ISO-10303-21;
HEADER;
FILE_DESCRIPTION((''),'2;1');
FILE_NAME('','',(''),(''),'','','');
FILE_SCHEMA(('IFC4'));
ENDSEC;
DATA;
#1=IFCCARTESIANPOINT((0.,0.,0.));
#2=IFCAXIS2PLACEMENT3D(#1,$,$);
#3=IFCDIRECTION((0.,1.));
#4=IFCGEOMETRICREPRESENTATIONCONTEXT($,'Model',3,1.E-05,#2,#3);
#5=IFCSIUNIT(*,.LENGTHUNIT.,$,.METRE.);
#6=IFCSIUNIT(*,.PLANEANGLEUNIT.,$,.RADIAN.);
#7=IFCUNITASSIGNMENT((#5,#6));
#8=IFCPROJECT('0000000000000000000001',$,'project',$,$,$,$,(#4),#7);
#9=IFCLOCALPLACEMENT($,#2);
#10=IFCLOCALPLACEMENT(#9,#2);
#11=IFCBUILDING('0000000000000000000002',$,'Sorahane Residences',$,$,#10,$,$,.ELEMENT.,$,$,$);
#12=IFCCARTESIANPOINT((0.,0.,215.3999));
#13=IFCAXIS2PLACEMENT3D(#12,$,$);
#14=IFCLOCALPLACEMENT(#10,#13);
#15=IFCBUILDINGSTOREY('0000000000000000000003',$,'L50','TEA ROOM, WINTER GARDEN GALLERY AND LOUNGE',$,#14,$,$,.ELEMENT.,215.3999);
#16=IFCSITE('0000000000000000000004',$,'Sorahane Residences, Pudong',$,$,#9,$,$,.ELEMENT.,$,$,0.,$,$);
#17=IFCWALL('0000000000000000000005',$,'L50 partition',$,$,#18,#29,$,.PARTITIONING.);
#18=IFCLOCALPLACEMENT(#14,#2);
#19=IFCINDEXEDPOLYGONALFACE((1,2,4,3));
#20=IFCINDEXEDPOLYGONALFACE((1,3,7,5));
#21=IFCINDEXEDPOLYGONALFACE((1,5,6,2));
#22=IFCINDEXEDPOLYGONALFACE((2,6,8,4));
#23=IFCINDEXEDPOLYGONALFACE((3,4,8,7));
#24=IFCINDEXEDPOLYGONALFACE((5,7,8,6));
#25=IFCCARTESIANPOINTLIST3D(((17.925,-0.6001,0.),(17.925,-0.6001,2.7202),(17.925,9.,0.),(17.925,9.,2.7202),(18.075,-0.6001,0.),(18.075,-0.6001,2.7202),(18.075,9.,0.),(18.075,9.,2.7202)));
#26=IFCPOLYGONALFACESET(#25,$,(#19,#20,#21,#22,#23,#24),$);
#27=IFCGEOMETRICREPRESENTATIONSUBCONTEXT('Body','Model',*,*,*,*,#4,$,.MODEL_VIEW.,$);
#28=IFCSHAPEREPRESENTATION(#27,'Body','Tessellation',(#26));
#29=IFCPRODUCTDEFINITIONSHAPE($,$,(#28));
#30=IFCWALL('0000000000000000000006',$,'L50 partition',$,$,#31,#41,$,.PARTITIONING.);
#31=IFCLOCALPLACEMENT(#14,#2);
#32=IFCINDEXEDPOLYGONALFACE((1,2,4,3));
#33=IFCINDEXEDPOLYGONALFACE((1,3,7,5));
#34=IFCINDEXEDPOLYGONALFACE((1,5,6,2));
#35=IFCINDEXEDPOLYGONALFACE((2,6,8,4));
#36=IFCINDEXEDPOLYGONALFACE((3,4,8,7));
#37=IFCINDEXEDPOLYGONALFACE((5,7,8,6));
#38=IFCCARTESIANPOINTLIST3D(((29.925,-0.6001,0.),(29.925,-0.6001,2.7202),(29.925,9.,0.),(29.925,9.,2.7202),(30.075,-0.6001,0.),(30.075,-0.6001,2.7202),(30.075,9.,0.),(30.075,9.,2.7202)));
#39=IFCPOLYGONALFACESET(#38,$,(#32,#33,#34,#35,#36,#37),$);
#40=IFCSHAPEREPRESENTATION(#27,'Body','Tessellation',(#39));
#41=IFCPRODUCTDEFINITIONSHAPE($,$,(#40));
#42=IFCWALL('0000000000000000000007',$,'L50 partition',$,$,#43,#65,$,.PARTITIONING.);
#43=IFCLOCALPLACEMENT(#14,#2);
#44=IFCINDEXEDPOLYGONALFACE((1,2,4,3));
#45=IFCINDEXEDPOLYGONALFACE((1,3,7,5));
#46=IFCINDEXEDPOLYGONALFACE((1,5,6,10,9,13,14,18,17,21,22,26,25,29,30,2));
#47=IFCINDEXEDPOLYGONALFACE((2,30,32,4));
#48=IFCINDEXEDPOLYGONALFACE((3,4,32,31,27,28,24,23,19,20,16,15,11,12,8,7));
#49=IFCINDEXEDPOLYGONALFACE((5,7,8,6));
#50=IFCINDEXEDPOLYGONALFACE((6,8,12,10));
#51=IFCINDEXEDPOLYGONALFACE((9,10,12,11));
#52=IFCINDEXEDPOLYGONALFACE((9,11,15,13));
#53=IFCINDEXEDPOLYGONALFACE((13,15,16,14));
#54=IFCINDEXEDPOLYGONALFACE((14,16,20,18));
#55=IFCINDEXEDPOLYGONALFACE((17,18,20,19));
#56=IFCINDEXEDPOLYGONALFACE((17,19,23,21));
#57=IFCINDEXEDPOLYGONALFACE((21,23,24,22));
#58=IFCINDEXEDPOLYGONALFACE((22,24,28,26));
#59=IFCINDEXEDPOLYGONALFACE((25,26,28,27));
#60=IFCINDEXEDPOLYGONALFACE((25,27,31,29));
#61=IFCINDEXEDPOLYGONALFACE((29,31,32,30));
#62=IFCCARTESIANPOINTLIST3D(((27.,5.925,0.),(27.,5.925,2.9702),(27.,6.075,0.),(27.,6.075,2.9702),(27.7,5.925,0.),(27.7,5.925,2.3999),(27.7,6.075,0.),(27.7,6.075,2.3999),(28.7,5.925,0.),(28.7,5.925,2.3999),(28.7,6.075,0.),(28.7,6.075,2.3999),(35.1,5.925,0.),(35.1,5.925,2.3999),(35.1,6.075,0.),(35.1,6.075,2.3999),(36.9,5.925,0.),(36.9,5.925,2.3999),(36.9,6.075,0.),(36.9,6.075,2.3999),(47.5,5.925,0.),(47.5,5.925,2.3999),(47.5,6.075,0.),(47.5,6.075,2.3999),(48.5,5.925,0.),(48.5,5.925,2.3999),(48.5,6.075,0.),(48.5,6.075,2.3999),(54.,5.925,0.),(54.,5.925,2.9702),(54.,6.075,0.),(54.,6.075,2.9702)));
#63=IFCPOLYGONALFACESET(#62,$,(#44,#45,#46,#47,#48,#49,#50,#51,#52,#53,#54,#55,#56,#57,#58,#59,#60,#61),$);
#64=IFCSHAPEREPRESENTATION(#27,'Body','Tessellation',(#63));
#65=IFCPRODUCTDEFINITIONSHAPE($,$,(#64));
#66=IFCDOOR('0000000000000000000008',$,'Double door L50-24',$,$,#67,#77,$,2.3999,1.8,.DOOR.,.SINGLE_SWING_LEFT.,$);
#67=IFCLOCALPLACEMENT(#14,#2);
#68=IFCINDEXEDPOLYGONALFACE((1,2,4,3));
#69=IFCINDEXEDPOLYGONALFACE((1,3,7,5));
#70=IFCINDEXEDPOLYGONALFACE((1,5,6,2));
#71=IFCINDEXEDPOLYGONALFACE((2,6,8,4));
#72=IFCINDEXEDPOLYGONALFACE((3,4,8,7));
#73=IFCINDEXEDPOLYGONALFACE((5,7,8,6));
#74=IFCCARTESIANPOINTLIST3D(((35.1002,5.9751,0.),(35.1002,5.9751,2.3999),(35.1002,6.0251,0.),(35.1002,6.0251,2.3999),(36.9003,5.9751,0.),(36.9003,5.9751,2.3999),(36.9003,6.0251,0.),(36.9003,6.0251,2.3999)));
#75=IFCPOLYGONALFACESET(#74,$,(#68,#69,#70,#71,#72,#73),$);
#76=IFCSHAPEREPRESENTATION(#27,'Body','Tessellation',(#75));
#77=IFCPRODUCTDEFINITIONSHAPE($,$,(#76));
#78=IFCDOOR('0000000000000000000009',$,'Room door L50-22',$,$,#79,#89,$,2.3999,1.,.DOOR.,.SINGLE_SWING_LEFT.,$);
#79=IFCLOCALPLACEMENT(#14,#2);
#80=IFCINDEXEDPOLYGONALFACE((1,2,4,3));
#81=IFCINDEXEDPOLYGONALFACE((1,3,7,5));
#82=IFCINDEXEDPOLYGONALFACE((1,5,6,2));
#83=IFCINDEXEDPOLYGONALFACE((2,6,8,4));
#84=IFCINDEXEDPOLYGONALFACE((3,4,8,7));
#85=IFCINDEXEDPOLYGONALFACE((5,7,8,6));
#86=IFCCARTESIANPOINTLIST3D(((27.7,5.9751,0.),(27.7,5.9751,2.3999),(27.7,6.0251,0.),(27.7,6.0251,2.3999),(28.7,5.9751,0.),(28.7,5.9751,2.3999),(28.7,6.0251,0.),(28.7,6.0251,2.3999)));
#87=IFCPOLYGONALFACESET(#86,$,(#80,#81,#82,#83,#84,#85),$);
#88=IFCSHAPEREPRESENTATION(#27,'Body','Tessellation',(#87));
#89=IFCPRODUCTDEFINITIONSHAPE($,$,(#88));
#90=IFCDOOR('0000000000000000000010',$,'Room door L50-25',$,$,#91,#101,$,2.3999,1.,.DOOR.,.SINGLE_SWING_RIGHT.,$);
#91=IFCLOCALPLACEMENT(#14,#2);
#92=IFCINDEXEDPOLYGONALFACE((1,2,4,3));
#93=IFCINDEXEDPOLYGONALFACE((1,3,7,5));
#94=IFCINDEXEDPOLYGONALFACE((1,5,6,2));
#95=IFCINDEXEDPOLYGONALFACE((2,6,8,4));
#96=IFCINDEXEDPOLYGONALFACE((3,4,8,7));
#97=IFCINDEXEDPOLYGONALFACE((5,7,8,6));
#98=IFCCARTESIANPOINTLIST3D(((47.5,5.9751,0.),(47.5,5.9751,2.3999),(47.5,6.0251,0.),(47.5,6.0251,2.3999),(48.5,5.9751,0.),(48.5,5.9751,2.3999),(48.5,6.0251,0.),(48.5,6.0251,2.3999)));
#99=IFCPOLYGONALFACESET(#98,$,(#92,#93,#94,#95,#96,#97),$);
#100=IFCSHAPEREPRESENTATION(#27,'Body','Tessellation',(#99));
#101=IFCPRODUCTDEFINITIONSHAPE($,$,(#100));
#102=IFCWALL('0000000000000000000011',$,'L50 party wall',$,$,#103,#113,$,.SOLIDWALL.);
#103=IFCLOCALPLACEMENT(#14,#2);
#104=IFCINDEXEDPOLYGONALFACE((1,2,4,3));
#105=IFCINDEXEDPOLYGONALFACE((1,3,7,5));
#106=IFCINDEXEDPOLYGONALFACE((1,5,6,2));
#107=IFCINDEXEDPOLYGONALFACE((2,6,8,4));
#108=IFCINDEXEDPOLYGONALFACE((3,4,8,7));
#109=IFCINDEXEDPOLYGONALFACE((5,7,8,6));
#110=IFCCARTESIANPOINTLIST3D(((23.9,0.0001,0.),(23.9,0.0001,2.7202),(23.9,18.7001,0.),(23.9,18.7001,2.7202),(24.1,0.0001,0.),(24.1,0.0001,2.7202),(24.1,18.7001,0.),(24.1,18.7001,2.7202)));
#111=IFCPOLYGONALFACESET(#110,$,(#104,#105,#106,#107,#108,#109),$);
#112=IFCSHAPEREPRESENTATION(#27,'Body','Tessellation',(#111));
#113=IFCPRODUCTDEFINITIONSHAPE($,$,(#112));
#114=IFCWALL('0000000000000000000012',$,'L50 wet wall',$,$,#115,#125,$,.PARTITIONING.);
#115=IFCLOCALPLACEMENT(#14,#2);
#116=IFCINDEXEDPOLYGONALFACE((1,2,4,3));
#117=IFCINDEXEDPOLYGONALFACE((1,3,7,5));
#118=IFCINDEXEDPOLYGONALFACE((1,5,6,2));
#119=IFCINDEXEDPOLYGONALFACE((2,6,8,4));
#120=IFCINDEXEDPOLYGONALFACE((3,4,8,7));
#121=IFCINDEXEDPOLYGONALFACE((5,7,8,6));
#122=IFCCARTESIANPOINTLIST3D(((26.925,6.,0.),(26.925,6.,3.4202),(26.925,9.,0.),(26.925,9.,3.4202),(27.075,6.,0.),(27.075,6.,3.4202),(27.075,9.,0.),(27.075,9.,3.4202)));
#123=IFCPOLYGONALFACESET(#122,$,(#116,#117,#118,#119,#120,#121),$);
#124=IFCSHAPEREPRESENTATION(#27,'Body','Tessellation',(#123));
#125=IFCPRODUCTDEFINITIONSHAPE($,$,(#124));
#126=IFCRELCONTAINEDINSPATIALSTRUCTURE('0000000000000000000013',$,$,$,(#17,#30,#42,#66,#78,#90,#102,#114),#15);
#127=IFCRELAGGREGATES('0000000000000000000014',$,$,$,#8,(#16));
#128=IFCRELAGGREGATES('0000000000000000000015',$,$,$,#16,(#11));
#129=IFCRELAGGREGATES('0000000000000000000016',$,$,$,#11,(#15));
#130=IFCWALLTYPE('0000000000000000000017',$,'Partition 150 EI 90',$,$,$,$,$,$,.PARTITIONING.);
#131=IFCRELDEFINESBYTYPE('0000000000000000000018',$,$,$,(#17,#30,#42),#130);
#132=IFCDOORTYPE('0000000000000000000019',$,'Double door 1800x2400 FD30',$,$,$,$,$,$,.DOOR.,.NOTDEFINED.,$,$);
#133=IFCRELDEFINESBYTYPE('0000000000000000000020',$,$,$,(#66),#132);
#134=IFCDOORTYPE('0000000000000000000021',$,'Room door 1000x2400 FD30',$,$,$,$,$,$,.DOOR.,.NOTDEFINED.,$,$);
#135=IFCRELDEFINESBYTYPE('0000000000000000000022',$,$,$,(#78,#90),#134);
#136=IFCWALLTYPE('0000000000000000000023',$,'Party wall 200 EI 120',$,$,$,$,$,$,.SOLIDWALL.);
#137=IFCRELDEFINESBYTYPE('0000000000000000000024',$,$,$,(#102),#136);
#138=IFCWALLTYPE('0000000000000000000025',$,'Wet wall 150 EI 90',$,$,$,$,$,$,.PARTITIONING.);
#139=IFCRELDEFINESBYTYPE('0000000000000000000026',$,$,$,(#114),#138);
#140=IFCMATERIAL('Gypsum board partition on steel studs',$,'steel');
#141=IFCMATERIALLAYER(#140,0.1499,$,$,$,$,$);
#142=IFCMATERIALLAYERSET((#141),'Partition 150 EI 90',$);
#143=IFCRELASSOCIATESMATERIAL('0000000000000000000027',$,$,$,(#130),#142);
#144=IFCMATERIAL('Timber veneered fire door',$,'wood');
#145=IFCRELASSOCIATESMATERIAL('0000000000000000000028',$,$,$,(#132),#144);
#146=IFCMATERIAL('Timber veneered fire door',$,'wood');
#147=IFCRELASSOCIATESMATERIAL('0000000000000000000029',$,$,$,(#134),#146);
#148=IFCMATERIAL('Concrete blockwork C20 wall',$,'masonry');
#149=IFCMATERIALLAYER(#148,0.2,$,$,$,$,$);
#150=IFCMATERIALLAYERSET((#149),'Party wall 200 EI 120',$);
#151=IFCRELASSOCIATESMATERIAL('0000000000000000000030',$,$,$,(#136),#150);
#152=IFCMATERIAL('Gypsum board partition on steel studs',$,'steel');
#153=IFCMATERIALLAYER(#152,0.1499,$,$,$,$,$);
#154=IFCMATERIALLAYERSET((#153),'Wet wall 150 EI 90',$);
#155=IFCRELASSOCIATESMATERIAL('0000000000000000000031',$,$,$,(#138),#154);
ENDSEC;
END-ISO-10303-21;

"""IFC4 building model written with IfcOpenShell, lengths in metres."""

from ifc_helpers import new_model, si_unit, direction, frame, frame_2d, origin, place, context, subcontext, project, spatial, rectangle, extrude, material, layer, layer_set, type_object, element, fill, save


model = new_model("IFC4")

# Units and contexts
model_context = context("Model", 3, precision=1e-05, world=origin(), true_north=direction((0.0, 1.0)))
body_context = subcontext(model_context, "Body", "Model", "MODEL_VIEW")
ifc_project = project(units=[si_unit("LENGTHUNIT", "METRE"), si_unit("PLANEANGLEUNIT", "RADIAN")], contexts=[model_context])

# Site, building, storey
site_placement = place(None, origin())
site = spatial("IfcSite", under=ifc_project, at=site_placement, Name="Sorahane Residences, Pudong", CompositionType="ELEMENT", RefElevation=0.0)
building_placement = place(site_placement, origin())
building = spatial("IfcBuilding", under=site, at=building_placement, Name="Sorahane Residences", CompositionType="ELEMENT")
storey_placement = place(building_placement, frame((0.0, 0.0, 215.3999)))
storey = spatial("IfcBuildingStorey", under=building, at=storey_placement, Name="L50", Description="TEA ROOM, WINTER GARDEN GALLERY AND LOUNGE", CompositionType="ELEMENT", Elevation=215.3999)

# Walls
ifc_material_1 = material(Name="Gypsum board partition on steel studs", Category="steel")
ifc_layer_1 = layer(ifc_material_1, 0.1499)
ifc_layer_set_1 = layer_set([ifc_layer_1], Name="Partition 150 EI 90")
wall_type_1 = type_object("IfcWallType", Name="Partition 150 EI 90", PredefinedType="PARTITIONING", material=ifc_layer_set_1)
for number, where, z_axis, x_axis, name in (
    (1, (18.0, -0.6001, 0.0), (0.0, 0.0, 1.0), (0.0, 1.0, 0.0), "L50 partition"),
    (2, (30.0, -0.6001, 0.0), (0.0, 0.0, 1.0), (0.0, 1.0, 0.0), "L50 partition"),
):
    element("IfcWall", number, at=place(storey_placement, frame(where, z_axis=z_axis, x_axis=x_axis)), inside=storey, type_object=wall_type_1, Name=name, PredefinedType="PARTITIONING", context=body_context, shape_type="SweptSolid", body=[
        extrude(rectangle(XDim=9.6001, YDim=0.1499, at=frame_2d((4.8, 0.0))), origin(), (0.0, 0.0, 1.0), 2.7202),
    ])

# Wall, openings, doors
wall_1_placement = place(storey_placement, frame((27.0, 6.0, 0.0), z_axis=(0.0, 0.0, 1.0), x_axis=(1.0, 0.0, 0.0)))
wall_1 = element("IfcWall", 3, at=wall_1_placement, inside=storey, type_object=wall_type_1, Name="L50 partition", PredefinedType="PARTITIONING", context=body_context, shape_type="SweptSolid", body=[
    extrude(rectangle(XDim=27.0, YDim=0.1499, at=frame_2d((13.5, 0.0))), origin(), (0.0, 0.0, 1.0), 2.9702),
])
opening_1_placement = place(wall_1_placement, frame((0.7, 0.0, 0.0)))
opening_1 = element("IfcOpeningElement", 4, at=opening_1_placement, cuts=wall_1, PredefinedType="OPENING", context=body_context, shape_type="SweptSolid", body=[
    extrude(rectangle(XDim=1.0, YDim=2.3999, at=frame_2d((0.5, 1.2))), frame((0.0, 0.085, 0.0), z_axis=(0.0, -1.0, 0.0), x_axis=(1.0, 0.0, 0.0)), (0.0, 0.0, 1.0), 0.1699),
])
opening_2_placement = place(wall_1_placement, frame((8.1001, 0.0, 0.0)))
opening_2 = element("IfcOpeningElement", 5, at=opening_2_placement, cuts=wall_1, PredefinedType="OPENING", context=body_context, shape_type="SweptSolid", body=[
    extrude(rectangle(XDim=1.8, YDim=2.3999, at=frame_2d((0.8999, 1.2))), frame((0.0, 0.085, 0.0), z_axis=(0.0, -1.0, 0.0), x_axis=(1.0, 0.0, 0.0)), (0.0, 0.0, 1.0), 0.1699),
])
opening_3_placement = place(wall_1_placement, frame((20.5, 0.0, 0.0)))
opening_3 = element("IfcOpeningElement", 6, at=opening_3_placement, cuts=wall_1, PredefinedType="OPENING", context=body_context, shape_type="SweptSolid", body=[
    extrude(rectangle(XDim=1.0, YDim=2.3999, at=frame_2d((0.5, 1.2))), frame((0.0, 0.085, 0.0), z_axis=(0.0, -1.0, 0.0), x_axis=(1.0, 0.0, 0.0)), (0.0, 0.0, 1.0), 0.1699),
])
ifc_material_2 = material(Name="Timber veneered fire door", Category="wood")
door_type_1 = type_object("IfcDoorType", Name="Double door 1800x2400 FD30", OperationType="NOTDEFINED", PredefinedType="DOOR", material=ifc_material_2)
door_1_placement = place(opening_2_placement, frame((1.8, 0.0, 0.0), z_axis=(0.0, 0.0, 1.0), x_axis=(-1.0, 0.0, 0.0)))
door_1 = element("IfcDoor", 7, at=door_1_placement, inside=storey, type_object=door_type_1, Name="Double door L50-24", OperationType="SINGLE_SWING_LEFT", OverallHeight=2.3999, OverallWidth=1.8, PredefinedType="DOOR", context=body_context, shape_type="SweptSolid", body=[
    extrude(rectangle(XDim=1.8, YDim=2.3999, at=frame_2d((0.8999, 1.2))), frame((0.0, 0.0249, 0.0), z_axis=(0.0, -1.0, 0.0), x_axis=(1.0, 0.0, 0.0)), (0.0, 0.0, 1.0), 0.05),
])
fill(opening_2, door_1)
ifc_material_3 = material(Name="Timber veneered fire door", Category="wood")
door_type_2 = type_object("IfcDoorType", Name="Room door 1000x2400 FD30", OperationType="NOTDEFINED", PredefinedType="DOOR", material=ifc_material_3)
door_2_placement = place(opening_1_placement, frame((1.0, 0.0, 0.0), z_axis=(0.0, 0.0, 1.0), x_axis=(-1.0, 0.0, 0.0)))
door_2 = element("IfcDoor", 8, at=door_2_placement, inside=storey, type_object=door_type_2, Name="Room door L50-22", OperationType="SINGLE_SWING_LEFT", OverallHeight=2.3999, OverallWidth=1.0, PredefinedType="DOOR", context=body_context, shape_type="SweptSolid", body=[
    extrude(rectangle(XDim=1.0, YDim=2.3999, at=frame_2d((0.5, 1.2))), frame((0.0, 0.0249, 0.0), z_axis=(0.0, -1.0, 0.0), x_axis=(1.0, 0.0, 0.0)), (0.0, 0.0, 1.0), 0.05),
])
fill(opening_1, door_2)
door_3_placement = place(opening_3_placement, frame((1.0, 0.0, 0.0), z_axis=(0.0, 0.0, 1.0), x_axis=(-1.0, 0.0, 0.0)))
door_3 = element("IfcDoor", 9, at=door_3_placement, inside=storey, type_object=door_type_2, Name="Room door L50-25", OperationType="SINGLE_SWING_RIGHT", OverallHeight=2.3999, OverallWidth=1.0, PredefinedType="DOOR", context=body_context, shape_type="SweptSolid", body=[
    extrude(rectangle(XDim=1.0, YDim=2.3999, at=frame_2d((0.5, 1.2))), frame((0.0, 0.0249, 0.0), z_axis=(0.0, -1.0, 0.0), x_axis=(1.0, 0.0, 0.0)), (0.0, 0.0, 1.0), 0.05),
])
fill(opening_3, door_3)

# Walls
ifc_material_4 = material(Name="Concrete blockwork C20 wall", Category="masonry")
ifc_layer_2 = layer(ifc_material_4, 0.2)
ifc_layer_set_2 = layer_set([ifc_layer_2], Name="Party wall 200 EI 120")
wall_type_2 = type_object("IfcWallType", Name="Party wall 200 EI 120", PredefinedType="SOLIDWALL", material=ifc_layer_set_2)
wall_2_placement = place(storey_placement, frame((24.0, 0.0, 0.0), z_axis=(0.0, 0.0, 1.0), x_axis=(0.0, 1.0, 0.0)))
element("IfcWall", 10, at=wall_2_placement, inside=storey, type_object=wall_type_2, Name="L50 party wall", PredefinedType="SOLIDWALL", context=body_context, shape_type="SweptSolid", body=[
    extrude(rectangle(XDim=18.7, YDim=0.2, at=frame_2d((9.3501, 0.0))), origin(), (0.0, 0.0, 1.0), 2.7202),
])
ifc_material_5 = material(Name="Gypsum board partition on steel studs", Category="steel")
ifc_layer_3 = layer(ifc_material_5, 0.1499)
ifc_layer_set_3 = layer_set([ifc_layer_3], Name="Wet wall 150 EI 90")
wall_type_3 = type_object("IfcWallType", Name="Wet wall 150 EI 90", PredefinedType="PARTITIONING", material=ifc_layer_set_3)
wall_3_placement = place(storey_placement, frame((27.0, 6.0, 0.0), z_axis=(0.0, 0.0, 1.0), x_axis=(0.0, 1.0, 0.0)))
element("IfcWall", 11, at=wall_3_placement, inside=storey, type_object=wall_type_3, Name="L50 wet wall", PredefinedType="PARTITIONING", context=body_context, shape_type="SweptSolid", body=[
    extrude(rectangle(XDim=3.0, YDim=0.1499, at=frame_2d((1.5, 0.0))), origin(), (0.0, 0.0, 1.0), 3.4202),
])

save(model, "model.ifc")
